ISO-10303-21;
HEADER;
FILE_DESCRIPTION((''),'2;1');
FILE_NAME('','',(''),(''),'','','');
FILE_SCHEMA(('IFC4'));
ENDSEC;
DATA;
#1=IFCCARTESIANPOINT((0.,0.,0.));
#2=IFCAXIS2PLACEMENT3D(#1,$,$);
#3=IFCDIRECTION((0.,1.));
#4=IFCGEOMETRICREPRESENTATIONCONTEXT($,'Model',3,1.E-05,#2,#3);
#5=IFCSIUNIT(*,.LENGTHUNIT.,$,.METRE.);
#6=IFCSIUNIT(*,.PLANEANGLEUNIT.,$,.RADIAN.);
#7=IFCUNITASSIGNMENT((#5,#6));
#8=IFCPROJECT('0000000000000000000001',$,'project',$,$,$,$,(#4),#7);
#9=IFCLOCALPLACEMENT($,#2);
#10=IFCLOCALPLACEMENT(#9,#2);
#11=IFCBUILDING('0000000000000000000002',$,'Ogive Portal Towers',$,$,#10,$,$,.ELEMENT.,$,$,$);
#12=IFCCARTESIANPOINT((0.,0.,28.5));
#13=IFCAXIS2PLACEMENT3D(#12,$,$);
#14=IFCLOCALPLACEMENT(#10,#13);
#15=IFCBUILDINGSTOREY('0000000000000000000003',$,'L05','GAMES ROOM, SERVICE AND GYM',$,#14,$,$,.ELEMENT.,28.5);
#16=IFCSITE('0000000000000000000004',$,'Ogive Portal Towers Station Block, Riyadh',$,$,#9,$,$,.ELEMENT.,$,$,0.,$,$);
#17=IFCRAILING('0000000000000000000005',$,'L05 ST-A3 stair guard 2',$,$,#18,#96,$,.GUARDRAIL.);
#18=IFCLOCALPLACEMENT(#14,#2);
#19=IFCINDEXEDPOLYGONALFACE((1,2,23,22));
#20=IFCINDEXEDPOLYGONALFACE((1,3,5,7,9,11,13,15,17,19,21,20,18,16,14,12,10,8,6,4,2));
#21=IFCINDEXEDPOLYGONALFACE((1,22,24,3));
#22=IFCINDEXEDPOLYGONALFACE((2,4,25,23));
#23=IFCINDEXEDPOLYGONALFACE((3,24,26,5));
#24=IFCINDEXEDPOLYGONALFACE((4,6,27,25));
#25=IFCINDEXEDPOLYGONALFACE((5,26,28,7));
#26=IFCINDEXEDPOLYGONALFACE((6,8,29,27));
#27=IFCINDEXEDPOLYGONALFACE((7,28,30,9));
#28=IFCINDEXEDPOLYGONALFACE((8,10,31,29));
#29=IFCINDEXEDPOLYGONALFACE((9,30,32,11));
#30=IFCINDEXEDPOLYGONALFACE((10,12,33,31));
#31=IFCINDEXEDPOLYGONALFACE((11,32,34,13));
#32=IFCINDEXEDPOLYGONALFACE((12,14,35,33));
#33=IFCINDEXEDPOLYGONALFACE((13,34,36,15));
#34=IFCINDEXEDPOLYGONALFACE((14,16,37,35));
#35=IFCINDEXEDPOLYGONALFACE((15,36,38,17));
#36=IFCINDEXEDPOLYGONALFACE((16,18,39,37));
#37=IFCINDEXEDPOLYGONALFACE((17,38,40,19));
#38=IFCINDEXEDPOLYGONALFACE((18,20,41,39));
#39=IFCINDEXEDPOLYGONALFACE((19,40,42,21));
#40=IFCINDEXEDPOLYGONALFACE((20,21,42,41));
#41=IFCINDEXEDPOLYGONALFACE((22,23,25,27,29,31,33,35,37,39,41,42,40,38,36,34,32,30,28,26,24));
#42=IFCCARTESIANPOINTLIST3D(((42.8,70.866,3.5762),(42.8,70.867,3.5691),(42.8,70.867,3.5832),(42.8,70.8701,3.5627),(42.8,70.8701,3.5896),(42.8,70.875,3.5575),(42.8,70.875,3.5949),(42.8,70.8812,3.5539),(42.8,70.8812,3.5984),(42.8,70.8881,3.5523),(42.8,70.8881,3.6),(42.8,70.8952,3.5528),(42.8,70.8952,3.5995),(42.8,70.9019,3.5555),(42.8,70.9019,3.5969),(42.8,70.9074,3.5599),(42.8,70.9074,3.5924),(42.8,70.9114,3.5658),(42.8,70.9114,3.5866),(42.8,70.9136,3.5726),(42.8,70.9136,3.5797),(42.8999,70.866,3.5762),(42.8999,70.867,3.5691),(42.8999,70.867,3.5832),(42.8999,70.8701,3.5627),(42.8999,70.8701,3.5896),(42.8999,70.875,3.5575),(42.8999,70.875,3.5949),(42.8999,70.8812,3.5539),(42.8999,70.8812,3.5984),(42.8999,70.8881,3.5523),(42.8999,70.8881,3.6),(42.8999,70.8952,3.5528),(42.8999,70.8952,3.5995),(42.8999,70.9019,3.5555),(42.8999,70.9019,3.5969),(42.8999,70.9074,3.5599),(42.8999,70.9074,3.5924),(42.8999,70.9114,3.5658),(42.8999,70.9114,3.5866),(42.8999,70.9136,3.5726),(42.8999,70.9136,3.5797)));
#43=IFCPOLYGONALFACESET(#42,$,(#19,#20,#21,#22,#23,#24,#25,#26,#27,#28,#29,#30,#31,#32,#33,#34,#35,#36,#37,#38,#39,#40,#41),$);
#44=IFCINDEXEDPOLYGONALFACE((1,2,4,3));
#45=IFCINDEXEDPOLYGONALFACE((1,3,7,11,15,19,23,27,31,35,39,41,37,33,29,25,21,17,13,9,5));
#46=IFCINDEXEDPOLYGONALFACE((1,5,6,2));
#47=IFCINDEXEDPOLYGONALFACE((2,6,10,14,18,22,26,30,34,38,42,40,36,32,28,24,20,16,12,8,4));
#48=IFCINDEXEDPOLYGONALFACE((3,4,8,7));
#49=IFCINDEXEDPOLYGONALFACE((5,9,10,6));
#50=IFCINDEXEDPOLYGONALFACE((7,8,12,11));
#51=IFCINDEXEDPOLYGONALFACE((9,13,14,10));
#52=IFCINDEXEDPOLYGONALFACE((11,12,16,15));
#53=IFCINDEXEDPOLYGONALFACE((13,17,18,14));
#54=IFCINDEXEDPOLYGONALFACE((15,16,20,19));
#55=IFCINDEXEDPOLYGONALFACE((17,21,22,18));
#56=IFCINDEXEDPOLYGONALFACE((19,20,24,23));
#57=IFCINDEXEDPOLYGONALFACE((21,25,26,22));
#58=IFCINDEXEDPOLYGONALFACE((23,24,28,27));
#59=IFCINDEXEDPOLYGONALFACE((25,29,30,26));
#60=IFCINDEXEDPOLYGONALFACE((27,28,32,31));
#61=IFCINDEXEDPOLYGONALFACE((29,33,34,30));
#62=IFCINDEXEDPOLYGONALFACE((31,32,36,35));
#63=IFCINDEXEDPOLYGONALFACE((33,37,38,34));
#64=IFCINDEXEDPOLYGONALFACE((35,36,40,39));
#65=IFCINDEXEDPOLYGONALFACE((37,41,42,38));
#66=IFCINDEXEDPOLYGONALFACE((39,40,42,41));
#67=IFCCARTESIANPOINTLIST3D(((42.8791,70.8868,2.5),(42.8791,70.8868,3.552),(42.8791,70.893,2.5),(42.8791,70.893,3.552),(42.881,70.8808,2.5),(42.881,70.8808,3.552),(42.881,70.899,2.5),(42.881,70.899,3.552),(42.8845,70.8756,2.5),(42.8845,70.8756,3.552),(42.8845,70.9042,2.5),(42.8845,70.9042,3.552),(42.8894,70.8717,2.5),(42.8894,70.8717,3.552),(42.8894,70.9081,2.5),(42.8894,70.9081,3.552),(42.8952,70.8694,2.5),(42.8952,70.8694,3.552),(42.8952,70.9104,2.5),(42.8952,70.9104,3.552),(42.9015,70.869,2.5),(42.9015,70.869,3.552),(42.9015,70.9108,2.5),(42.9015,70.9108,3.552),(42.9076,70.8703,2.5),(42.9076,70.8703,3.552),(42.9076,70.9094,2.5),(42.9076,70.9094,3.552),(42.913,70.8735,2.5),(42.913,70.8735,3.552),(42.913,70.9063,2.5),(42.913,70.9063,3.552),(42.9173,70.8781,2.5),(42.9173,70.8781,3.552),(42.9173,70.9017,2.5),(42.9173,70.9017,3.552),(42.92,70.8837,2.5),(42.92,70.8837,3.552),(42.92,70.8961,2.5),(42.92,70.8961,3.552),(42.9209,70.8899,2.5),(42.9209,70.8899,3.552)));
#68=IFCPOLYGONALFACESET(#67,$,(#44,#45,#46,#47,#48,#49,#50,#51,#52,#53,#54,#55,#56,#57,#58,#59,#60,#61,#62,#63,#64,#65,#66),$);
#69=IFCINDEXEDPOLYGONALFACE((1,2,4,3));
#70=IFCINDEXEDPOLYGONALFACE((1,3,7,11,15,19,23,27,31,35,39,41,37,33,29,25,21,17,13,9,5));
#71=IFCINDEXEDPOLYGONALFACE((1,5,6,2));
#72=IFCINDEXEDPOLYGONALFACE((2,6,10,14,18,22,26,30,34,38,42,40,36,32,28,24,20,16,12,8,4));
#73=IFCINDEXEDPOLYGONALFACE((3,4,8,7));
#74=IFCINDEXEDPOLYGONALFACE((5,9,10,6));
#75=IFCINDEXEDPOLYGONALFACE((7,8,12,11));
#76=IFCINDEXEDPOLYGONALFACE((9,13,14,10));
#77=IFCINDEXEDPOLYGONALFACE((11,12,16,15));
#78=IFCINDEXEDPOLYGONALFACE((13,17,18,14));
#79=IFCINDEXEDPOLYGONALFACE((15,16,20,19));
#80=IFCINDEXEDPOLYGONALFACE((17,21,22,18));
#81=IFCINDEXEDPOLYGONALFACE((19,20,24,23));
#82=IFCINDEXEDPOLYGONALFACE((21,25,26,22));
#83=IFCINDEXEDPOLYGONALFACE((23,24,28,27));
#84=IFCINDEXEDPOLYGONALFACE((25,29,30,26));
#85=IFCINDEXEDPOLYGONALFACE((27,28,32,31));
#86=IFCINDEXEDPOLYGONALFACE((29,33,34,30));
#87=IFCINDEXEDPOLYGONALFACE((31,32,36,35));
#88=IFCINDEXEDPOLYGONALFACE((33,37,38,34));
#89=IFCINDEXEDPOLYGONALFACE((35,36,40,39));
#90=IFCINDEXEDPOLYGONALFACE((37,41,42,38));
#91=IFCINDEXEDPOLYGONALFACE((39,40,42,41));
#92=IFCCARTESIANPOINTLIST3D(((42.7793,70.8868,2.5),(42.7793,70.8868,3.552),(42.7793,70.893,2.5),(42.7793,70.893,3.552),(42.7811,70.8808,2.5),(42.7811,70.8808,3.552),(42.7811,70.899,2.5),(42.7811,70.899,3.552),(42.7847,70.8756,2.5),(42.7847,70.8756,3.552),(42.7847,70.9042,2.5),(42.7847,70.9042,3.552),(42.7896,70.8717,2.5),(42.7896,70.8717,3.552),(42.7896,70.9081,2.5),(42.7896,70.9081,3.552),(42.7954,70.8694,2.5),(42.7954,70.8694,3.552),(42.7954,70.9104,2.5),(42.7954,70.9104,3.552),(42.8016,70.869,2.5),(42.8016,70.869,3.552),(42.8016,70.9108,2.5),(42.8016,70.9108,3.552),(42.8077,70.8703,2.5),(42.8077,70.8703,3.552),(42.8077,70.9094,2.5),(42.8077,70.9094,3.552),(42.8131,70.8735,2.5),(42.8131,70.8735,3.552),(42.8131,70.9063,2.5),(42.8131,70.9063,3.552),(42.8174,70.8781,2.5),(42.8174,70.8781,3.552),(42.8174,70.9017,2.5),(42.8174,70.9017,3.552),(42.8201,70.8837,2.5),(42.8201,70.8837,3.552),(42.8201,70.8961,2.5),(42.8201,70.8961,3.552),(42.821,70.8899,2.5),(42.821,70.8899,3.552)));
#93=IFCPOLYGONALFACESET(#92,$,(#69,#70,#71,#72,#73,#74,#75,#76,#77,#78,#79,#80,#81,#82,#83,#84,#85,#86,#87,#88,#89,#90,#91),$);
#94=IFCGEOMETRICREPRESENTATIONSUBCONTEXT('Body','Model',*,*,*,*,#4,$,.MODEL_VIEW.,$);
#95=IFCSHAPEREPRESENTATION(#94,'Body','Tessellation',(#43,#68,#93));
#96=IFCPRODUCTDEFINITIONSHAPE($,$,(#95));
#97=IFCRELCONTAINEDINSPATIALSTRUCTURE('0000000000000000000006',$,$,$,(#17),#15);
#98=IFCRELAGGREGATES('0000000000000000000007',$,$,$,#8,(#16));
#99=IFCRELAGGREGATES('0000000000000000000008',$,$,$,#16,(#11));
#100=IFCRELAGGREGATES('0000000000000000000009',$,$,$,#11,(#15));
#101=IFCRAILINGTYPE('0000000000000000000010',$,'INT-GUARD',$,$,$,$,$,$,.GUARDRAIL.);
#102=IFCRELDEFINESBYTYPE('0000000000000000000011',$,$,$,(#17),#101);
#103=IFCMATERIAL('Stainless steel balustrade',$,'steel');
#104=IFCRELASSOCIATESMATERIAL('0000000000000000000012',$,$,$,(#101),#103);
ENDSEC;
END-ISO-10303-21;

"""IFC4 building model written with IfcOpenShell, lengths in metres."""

from ifc_helpers import new_model, si_unit, direction, frame, origin, origin_2d, place, context, subcontext, project, spatial, circle, extrude, material, type_object, element, save


model = new_model("IFC4")

# Units and contexts
model_context = context("Model", 3, precision=1e-05, world=origin(), true_north=direction((0.0, 1.0)))
body_context = subcontext(model_context, "Body", "Model", "MODEL_VIEW")
ifc_project = project(units=[si_unit("LENGTHUNIT", "METRE"), si_unit("PLANEANGLEUNIT", "RADIAN")], contexts=[model_context])

# Site, building, storey
site_placement = place(None, origin())
site = spatial("IfcSite", under=ifc_project, at=site_placement, Name="Ogive Portal Towers Station Block, Riyadh", CompositionType="ELEMENT", RefElevation=0.0)
building_placement = place(site_placement, origin())
building = spatial("IfcBuilding", under=site, at=building_placement, Name="Ogive Portal Towers", CompositionType="ELEMENT")
storey_placement = place(building_placement, frame((0.0, 0.0, 28.5)))
storey = spatial("IfcBuildingStorey", under=building, at=storey_placement, Name="L05", Description="GAMES ROOM, SERVICE AND GYM", CompositionType="ELEMENT", Elevation=28.5)

# Railing
ifc_material_1 = material(Name="Stainless steel balustrade", Category="steel")
railing_type_1 = type_object("IfcRailingType", Name="INT-GUARD", PredefinedType="GUARDRAIL", material=ifc_material_1)
railing_1_placement = place(storey_placement, frame((42.8999, 70.8899, 2.5)))
element("IfcRailing", 1, at=railing_1_placement, inside=storey, type_object=railing_type_1, Name="L05 ST-A3 stair guard 2", PredefinedType="GUARDRAIL", context=body_context, shape_type="SweptSolid", body=[
    extrude(circle(Radius=0.0239, at=origin_2d()), frame((0.0, 0.0, 1.0762), z_axis=(-1.0, 0.0, 0.0), x_axis=(0.0, -1.0, 0.0)), (0.0, 0.0, 1.0), 0.0999),
    extrude(circle(Radius=0.021, at=origin_2d()), origin(), (0.0, 0.0, 1.0), 1.052),
    extrude(circle(Radius=0.021, at=origin_2d()), frame((-0.0999, 0.0, 0.0)), (0.0, 0.0, 1.0), 1.052),
])

save(model, "model.ifc")
